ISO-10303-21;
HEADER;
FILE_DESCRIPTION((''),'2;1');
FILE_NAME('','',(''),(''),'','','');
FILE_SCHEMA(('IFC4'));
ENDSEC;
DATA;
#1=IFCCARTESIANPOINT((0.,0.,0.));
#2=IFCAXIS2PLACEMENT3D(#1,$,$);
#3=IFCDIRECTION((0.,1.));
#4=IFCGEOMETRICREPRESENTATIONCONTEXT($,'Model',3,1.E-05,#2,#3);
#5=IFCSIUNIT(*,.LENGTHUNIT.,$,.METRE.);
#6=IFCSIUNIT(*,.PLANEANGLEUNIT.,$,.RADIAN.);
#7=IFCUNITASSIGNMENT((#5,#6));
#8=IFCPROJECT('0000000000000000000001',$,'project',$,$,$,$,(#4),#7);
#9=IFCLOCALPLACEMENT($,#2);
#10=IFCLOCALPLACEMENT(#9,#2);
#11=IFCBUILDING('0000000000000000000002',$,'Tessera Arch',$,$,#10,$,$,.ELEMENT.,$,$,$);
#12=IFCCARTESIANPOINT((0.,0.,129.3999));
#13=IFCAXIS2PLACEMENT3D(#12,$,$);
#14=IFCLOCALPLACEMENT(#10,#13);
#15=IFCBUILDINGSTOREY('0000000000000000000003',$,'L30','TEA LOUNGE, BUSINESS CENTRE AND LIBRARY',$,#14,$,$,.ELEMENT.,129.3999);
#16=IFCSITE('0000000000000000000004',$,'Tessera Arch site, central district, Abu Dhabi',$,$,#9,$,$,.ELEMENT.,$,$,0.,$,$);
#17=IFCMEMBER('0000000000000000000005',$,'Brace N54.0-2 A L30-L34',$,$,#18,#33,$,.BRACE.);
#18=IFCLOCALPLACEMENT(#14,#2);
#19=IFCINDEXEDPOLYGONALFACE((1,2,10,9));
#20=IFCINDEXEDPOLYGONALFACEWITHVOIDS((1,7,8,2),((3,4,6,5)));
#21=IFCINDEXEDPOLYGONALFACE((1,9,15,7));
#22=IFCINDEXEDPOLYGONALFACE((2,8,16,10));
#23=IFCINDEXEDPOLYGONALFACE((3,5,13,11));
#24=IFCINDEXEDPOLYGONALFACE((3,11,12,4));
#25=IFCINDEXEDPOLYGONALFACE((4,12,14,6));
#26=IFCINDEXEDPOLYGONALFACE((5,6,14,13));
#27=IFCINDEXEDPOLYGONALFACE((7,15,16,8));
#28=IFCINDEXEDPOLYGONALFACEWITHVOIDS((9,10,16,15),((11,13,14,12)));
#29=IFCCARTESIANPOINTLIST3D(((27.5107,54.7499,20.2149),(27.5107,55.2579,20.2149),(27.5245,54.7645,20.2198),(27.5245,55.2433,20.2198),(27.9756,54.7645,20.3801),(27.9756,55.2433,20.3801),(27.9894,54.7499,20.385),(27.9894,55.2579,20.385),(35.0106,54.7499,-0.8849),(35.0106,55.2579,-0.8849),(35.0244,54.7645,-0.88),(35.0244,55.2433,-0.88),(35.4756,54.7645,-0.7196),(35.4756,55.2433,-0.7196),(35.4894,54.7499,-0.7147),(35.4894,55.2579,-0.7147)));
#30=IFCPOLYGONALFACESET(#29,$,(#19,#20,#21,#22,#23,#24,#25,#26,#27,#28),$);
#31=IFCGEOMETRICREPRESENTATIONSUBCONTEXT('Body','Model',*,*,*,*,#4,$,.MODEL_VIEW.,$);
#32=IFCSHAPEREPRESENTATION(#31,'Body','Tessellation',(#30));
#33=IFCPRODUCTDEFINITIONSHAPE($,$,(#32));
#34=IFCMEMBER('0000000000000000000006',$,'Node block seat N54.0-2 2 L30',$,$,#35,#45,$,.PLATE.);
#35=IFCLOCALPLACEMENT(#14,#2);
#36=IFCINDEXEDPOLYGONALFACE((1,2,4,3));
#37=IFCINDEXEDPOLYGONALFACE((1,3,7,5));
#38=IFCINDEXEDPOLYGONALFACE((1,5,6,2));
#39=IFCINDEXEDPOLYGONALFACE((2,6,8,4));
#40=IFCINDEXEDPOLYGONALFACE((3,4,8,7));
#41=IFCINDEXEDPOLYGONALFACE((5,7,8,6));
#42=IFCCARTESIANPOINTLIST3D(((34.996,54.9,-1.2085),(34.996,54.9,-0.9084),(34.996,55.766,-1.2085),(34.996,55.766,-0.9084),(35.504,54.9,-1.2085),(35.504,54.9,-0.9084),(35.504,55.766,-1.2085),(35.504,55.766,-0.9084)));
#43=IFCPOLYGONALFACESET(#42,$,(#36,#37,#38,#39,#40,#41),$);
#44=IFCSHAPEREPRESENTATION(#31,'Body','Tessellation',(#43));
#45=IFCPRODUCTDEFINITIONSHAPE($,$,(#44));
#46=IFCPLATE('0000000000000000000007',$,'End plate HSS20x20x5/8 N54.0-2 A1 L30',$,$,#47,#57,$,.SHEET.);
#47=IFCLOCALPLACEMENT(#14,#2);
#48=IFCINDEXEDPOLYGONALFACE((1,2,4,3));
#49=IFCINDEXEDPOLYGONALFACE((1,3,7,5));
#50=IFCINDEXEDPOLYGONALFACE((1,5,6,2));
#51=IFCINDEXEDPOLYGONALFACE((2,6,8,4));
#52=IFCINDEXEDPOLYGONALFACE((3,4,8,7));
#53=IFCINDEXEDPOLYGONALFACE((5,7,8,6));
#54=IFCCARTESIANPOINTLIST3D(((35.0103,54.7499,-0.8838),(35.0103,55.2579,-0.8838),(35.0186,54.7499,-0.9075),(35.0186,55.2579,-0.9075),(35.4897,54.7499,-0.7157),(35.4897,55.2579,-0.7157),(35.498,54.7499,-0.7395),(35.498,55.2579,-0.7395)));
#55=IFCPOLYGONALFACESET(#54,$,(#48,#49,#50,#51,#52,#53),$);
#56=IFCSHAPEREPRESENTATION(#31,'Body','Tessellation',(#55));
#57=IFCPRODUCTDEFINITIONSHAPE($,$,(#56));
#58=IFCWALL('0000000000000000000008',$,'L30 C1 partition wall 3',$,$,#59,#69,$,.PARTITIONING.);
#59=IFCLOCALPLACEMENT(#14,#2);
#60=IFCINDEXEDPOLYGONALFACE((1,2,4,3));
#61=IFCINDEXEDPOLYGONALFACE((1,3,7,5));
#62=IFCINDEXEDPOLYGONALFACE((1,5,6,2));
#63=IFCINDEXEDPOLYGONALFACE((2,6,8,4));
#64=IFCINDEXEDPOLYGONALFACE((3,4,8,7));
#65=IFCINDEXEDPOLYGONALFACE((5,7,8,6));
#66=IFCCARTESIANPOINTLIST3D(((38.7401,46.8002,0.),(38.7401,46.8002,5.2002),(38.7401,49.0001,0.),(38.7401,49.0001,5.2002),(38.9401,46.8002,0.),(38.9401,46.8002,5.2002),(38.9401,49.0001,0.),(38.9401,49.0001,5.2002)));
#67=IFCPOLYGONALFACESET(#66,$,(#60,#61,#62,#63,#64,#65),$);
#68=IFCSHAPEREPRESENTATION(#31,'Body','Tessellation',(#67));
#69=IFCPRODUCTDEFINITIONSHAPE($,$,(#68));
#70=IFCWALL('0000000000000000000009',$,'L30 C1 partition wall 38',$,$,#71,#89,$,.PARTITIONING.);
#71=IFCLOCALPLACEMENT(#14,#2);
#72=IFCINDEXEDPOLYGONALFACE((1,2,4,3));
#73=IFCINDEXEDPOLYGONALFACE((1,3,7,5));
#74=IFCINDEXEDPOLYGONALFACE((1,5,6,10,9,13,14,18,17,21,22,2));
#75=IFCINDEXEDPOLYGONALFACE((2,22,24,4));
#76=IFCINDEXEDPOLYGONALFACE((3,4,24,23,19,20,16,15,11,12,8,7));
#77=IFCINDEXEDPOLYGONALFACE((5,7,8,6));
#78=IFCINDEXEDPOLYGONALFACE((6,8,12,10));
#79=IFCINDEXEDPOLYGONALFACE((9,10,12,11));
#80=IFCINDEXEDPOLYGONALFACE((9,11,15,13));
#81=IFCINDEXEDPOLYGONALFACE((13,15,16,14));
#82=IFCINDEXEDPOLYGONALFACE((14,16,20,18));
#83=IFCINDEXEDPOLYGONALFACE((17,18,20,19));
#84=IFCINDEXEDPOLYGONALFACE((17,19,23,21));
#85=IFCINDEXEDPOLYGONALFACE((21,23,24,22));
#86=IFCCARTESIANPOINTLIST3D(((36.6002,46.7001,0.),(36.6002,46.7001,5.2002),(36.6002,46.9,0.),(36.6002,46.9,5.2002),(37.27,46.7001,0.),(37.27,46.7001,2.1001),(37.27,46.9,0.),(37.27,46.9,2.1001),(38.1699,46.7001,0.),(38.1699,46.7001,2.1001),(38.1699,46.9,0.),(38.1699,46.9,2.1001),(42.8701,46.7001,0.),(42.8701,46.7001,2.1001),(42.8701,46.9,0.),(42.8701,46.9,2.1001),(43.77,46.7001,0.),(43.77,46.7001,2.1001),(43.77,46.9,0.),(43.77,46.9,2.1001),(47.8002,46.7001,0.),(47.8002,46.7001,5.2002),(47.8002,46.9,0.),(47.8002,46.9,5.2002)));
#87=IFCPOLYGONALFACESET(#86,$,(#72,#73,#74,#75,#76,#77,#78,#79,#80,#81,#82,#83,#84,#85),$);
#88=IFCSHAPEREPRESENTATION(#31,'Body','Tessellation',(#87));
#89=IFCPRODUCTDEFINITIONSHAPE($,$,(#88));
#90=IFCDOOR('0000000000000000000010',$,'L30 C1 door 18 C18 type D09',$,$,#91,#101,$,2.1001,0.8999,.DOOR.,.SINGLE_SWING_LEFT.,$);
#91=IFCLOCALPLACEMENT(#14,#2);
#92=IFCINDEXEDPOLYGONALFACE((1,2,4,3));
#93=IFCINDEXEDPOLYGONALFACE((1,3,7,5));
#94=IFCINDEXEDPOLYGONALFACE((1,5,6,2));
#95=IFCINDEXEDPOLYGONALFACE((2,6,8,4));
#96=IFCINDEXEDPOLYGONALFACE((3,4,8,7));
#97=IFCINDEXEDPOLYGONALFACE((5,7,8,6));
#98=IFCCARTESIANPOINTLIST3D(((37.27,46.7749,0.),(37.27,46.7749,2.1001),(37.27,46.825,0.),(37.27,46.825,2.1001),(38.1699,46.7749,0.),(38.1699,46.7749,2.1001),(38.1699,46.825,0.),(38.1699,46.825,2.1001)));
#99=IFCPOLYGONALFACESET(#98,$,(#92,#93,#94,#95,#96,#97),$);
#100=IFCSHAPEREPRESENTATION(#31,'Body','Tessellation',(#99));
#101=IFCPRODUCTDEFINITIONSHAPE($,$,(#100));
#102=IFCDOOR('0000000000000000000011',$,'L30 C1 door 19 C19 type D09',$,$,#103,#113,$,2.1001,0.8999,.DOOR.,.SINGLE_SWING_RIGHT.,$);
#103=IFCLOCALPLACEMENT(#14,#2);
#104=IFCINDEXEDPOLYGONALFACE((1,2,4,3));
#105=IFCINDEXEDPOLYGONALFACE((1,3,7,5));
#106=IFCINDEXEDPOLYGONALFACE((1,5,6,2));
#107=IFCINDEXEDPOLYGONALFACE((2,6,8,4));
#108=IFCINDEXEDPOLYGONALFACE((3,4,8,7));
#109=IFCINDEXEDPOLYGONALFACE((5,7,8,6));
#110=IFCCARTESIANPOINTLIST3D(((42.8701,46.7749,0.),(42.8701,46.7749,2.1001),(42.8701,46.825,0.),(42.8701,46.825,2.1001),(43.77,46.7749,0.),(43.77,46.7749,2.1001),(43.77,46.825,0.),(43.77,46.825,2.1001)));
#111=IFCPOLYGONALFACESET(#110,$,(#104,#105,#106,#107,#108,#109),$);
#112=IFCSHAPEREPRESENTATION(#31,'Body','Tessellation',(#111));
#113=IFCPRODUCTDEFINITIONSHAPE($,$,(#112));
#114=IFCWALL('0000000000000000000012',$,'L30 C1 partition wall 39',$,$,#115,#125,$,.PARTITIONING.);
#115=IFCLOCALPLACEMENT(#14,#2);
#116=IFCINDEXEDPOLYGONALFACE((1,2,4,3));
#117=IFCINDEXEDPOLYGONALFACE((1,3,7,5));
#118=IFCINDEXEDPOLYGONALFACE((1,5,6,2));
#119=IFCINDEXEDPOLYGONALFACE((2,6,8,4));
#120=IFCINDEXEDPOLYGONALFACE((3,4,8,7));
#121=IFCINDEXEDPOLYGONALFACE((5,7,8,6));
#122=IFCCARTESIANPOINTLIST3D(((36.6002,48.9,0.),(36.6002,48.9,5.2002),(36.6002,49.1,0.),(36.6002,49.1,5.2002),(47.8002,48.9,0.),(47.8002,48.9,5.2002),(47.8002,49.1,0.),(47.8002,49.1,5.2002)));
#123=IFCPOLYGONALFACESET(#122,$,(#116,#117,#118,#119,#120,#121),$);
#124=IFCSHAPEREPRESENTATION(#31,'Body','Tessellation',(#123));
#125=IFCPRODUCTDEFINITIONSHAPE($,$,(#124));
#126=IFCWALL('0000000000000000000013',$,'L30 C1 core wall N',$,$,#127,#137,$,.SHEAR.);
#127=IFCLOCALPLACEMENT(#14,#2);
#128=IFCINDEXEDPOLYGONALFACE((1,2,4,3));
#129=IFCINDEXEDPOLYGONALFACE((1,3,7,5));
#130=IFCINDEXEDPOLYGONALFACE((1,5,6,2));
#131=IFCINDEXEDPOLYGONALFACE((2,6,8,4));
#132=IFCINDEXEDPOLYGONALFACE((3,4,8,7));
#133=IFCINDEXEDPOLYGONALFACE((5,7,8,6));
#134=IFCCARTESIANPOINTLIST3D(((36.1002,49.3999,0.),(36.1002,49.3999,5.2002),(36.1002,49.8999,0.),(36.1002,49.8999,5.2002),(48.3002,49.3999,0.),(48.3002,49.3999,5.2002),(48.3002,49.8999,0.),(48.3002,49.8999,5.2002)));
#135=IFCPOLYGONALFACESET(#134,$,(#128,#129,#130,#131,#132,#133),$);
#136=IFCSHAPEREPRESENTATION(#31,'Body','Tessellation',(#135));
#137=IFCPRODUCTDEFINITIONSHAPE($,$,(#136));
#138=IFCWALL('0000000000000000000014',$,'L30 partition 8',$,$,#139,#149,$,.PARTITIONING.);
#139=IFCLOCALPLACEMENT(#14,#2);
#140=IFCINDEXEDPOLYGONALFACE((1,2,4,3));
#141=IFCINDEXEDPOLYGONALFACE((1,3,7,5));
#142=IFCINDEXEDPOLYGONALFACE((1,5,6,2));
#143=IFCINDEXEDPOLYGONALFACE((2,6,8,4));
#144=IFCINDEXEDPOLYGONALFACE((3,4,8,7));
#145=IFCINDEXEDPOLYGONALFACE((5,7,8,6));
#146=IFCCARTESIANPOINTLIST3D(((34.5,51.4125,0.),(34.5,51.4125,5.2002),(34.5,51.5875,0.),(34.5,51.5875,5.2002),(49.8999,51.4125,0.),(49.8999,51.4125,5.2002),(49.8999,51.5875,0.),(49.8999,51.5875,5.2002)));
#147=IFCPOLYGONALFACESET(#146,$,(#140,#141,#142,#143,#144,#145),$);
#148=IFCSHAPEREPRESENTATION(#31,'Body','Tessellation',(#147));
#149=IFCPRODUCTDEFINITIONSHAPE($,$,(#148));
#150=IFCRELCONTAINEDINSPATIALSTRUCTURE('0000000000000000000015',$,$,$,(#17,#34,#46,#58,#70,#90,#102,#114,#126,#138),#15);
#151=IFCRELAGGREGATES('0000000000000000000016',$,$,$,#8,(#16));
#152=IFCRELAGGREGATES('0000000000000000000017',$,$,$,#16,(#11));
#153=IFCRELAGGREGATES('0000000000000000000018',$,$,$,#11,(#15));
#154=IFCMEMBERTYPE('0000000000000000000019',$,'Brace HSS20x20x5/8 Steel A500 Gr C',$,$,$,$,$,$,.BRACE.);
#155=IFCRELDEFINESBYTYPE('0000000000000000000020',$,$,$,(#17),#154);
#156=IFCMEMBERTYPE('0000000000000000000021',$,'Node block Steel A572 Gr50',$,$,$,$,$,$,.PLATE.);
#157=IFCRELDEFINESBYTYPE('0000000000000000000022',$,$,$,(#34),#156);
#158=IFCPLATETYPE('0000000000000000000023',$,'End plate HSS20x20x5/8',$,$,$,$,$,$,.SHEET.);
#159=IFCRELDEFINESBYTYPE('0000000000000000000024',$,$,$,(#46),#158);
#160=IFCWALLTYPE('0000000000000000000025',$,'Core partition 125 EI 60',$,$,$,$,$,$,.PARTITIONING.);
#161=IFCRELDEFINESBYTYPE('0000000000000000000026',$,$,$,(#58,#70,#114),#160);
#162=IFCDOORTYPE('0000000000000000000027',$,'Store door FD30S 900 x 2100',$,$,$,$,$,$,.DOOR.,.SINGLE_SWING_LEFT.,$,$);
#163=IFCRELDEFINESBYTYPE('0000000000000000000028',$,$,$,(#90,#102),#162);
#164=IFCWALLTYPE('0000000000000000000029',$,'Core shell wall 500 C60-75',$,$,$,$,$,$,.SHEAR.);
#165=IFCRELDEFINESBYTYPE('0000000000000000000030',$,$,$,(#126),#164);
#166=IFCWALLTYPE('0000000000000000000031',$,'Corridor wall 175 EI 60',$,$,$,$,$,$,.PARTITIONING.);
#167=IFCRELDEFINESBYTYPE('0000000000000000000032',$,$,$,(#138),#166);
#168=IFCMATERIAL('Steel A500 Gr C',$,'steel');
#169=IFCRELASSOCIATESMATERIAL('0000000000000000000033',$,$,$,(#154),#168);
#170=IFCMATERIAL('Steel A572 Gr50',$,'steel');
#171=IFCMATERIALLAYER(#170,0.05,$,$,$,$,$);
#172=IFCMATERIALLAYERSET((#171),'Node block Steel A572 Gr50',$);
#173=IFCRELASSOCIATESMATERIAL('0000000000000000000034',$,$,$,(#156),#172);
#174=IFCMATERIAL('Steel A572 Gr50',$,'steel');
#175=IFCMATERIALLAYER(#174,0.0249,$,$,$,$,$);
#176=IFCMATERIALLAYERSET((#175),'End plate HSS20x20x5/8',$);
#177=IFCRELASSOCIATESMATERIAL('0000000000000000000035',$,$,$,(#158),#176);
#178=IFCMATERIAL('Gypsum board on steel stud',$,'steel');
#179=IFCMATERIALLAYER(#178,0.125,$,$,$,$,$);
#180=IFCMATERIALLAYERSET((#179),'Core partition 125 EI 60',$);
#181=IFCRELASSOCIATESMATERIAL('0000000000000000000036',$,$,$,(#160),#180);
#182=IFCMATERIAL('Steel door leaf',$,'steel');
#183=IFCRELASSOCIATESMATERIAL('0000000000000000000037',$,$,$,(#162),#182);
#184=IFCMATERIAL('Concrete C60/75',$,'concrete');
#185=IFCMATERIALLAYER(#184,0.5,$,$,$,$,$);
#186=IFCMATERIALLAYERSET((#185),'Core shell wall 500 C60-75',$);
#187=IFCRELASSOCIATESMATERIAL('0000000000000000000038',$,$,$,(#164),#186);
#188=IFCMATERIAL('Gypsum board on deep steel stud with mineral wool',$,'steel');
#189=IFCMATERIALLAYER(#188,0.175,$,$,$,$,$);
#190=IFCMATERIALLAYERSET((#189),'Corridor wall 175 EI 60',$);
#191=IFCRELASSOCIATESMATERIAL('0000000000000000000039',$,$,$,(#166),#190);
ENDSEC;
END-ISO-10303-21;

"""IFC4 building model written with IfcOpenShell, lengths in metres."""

from ifc_helpers import new_model, si_unit, direction, frame, frame_2d, origin, origin_2d, place, context, subcontext, project, spatial, rectangle, hollow_rectangle, extrude, material, layer, layer_set, material_profile, profile_set, type_object, element, fill, save


model = new_model("IFC4")

# Units and contexts
model_context = context("Model", 3, precision=1e-05, world=origin(), true_north=direction((0.0, 1.0)))
body_context = subcontext(model_context, "Body", "Model", "MODEL_VIEW")
ifc_project = project(units=[si_unit("LENGTHUNIT", "METRE"), si_unit("PLANEANGLEUNIT", "RADIAN")], contexts=[model_context])

# Site, building, storey
site_placement = place(None, origin())
site = spatial("IfcSite", under=ifc_project, at=site_placement, Name="Tessera Arch site, central district, Abu Dhabi", CompositionType="ELEMENT", RefElevation=0.0)
building_placement = place(site_placement, origin())
building = spatial("IfcBuilding", under=site, at=building_placement, Name="Tessera Arch", CompositionType="ELEMENT")
storey_placement = place(building_placement, frame((0.0, 0.0, 129.3999)))
storey = spatial("IfcBuildingStorey", under=building, at=storey_placement, Name="L30", Description="TEA LOUNGE, BUSINESS CENTRE AND LIBRARY", CompositionType="ELEMENT", Elevation=129.3999)

# Members
ifc_material_1 = material(Name="Steel A500 Gr C", Category="steel")
ifc_material_profile = material_profile(ifc_material_1, hollow_rectangle(XDim=0.5081, YDim=0.5081, WallThickness=0.0146, at=origin_2d()), Name="HSS20x20x5/8")
ifc_profile_set = profile_set([ifc_material_profile], Name="Steel A500 Gr C")
member_type_1 = type_object("IfcMemberType", Name="Brace HSS20x20x5/8 Steel A500 Gr C", PredefinedType="BRACE", material=ifc_profile_set)
member_1_placement = place(storey_placement, frame((35.25, 55.0039, -0.7998), z_axis=(-0.334924, 0.0, 0.942245), x_axis=(0.0, -1.0, 0.0)))
element("IfcMember", 1, at=member_1_placement, inside=storey, type_object=member_type_1, Name="Brace N54.0-2 A L30-L34", PredefinedType="BRACE", context=body_context, shape_type="SweptSolid", body=[
    extrude(hollow_rectangle(XDim=0.5081, YDim=0.5081, WallThickness=0.0146, at=origin_2d()), origin(), (0.0, 0.0, 1.0), 22.3931),
])
ifc_material_2 = material(Name="Steel A572 Gr50", Category="steel")
ifc_layer_1 = layer(ifc_material_2, 0.05)
ifc_layer_set_1 = layer_set([ifc_layer_1], Name="Node block Steel A572 Gr50")
member_type_2 = type_object("IfcMemberType", Name="Node block Steel A572 Gr50", PredefinedType="PLATE", material=ifc_layer_set_1)
member_2_placement = place(storey_placement, frame((35.25, 55.333, -1.2085), z_axis=(0.0, 0.0, 1.0), x_axis=(-1.0, 0.0, 0.0)))
element("IfcMember", 2, at=member_2_placement, inside=storey, type_object=member_type_2, Name="Node block seat N54.0-2 2 L30", PredefinedType="PLATE", context=body_context, shape_type="SweptSolid", body=[
    extrude(rectangle(XDim=0.5081, YDim=0.866, at=origin_2d()), origin(), (0.0, 0.0, 1.0), 0.3),
])

# Plate
ifc_material_3 = material(Name="Steel A572 Gr50", Category="steel")
ifc_layer_2 = layer(ifc_material_3, 0.0249)
ifc_layer_set_2 = layer_set([ifc_layer_2], Name="End plate HSS20x20x5/8")
plate_type = type_object("IfcPlateType", Name="End plate HSS20x20x5/8", PredefinedType="SHEET", material=ifc_layer_set_2)
plate_placement = place(storey_placement, frame((35.2583, 55.0039, -0.8235), z_axis=(-0.330784, 0.0, 0.943707), x_axis=(0.0, -1.0, 0.0)))
element("IfcPlate", 3, at=plate_placement, inside=storey, type_object=plate_type, Name="End plate HSS20x20x5/8 N54.0-2 A1 L30", PredefinedType="SHEET", context=body_context, shape_type="SweptSolid", body=[
    extrude(rectangle(XDim=0.5081, YDim=0.5081, at=origin_2d()), origin(), (0.0, 0.0, 1.0), 0.0251),
])

# Wall
ifc_material_4 = material(Name="Gypsum board on steel stud", Category="steel")
ifc_layer_3 = layer(ifc_material_4, 0.125)
ifc_layer_set_3 = layer_set([ifc_layer_3], Name="Core partition 125 EI 60")
wall_type_1 = type_object("IfcWallType", Name="Core partition 125 EI 60", PredefinedType="PARTITIONING", material=ifc_layer_set_3)
wall_1_placement = place(storey_placement, frame((38.8401, 46.8, 0.0), z_axis=(0.0, 0.0, 1.0), x_axis=(0.0, 1.0, 0.0)))
element("IfcWall", 4, at=wall_1_placement, inside=storey, type_object=wall_type_1, Name="L30 C1 partition wall 3", PredefinedType="PARTITIONING", context=body_context, shape_type="SweptSolid", body=[
    extrude(rectangle(XDim=2.2, YDim=0.2, at=frame_2d((1.1001, 0.0))), origin(), (0.0, 0.0, 1.0), 5.2002),
])

# Wall, openings, doors
wall_2_placement = place(storey_placement, frame((36.6001, 46.8, 0.0), z_axis=(0.0, 0.0, 1.0), x_axis=(1.0, 0.0, 0.0)))
wall_2 = element("IfcWall", 5, at=wall_2_placement, inside=storey, type_object=wall_type_1, Name="L30 C1 partition wall 38", PredefinedType="PARTITIONING", context=body_context, shape_type="SweptSolid", body=[
    extrude(rectangle(XDim=11.2, YDim=0.2, at=frame_2d((5.6001, 0.0))), origin(), (0.0, 0.0, 1.0), 5.2002),
])
opening_1_placement = place(wall_2_placement, frame((0.6699, 0.0, 0.0)))
opening_1 = element("IfcOpeningElement", 6, at=opening_1_placement, cuts=wall_2, PredefinedType="OPENING", context=body_context, shape_type="SweptSolid", body=[
    extrude(rectangle(XDim=0.8999, YDim=2.1001, at=frame_2d((0.45, 1.05))), frame((0.0, 0.1099, 0.0), z_axis=(0.0, -1.0, 0.0), x_axis=(1.0, 0.0, 0.0)), (0.0, 0.0, 1.0), 0.22),
])
opening_2_placement = place(wall_2_placement, frame((6.27, 0.0, 0.0)))
opening_2 = element("IfcOpeningElement", 7, at=opening_2_placement, cuts=wall_2, PredefinedType="OPENING", context=body_context, shape_type="SweptSolid", body=[
    extrude(rectangle(XDim=0.8999, YDim=2.1001, at=frame_2d((0.45, 1.05))), frame((0.0, 0.1099, 0.0), z_axis=(0.0, -1.0, 0.0), x_axis=(1.0, 0.0, 0.0)), (0.0, 0.0, 1.0), 0.22),
])
ifc_material_5 = material(Name="Steel door leaf", Category="steel")
door_type_1 = type_object("IfcDoorType", Name="Store door FD30S 900 x 2100", OperationType="SINGLE_SWING_LEFT", PredefinedType="DOOR", material=ifc_material_5)
door_1_placement = place(opening_1_placement, origin())
door_1 = element("IfcDoor", 8, at=door_1_placement, inside=storey, type_object=door_type_1, Name="L30 C1 door 18 C18 type D09", OperationType="SINGLE_SWING_LEFT", OverallHeight=2.1001, OverallWidth=0.8999, PredefinedType="DOOR", context=body_context, shape_type="SweptSolid", body=[
    extrude(rectangle(XDim=0.8999, YDim=2.1001, at=frame_2d((0.45, 1.05))), frame((0.0, 0.0249, 0.0), z_axis=(0.0, -1.0, 0.0), x_axis=(1.0, 0.0, 0.0)), (0.0, 0.0, 1.0), 0.05),
])
fill(opening_1, door_1)
door_2_placement = place(opening_2_placement, origin())
door_2 = element("IfcDoor", 9, at=door_2_placement, inside=storey, type_object=door_type_1, Name="L30 C1 door 19 C19 type D09", OperationType="SINGLE_SWING_RIGHT", OverallHeight=2.1001, OverallWidth=0.8999, PredefinedType="DOOR", context=body_context, shape_type="SweptSolid", body=[
    extrude(rectangle(XDim=0.8999, YDim=2.1001, at=frame_2d((0.45, 1.05))), frame((0.0, 0.0249, 0.0), z_axis=(0.0, -1.0, 0.0), x_axis=(1.0, 0.0, 0.0)), (0.0, 0.0, 1.0), 0.05),
])
fill(opening_2, door_2)

# Walls
wall_3_placement = place(storey_placement, frame((36.6001, 49.0, 0.0), z_axis=(0.0, 0.0, 1.0), x_axis=(1.0, 0.0, 0.0)))
element("IfcWall", 10, at=wall_3_placement, inside=storey, type_object=wall_type_1, Name="L30 C1 partition wall 39", PredefinedType="PARTITIONING", context=body_context, shape_type="SweptSolid", body=[
    extrude(rectangle(XDim=11.2, YDim=0.2, at=frame_2d((5.6001, 0.0))), origin(), (0.0, 0.0, 1.0), 5.2002),
])
ifc_material_6 = material(Name="Concrete C60/75", Category="concrete")
ifc_layer_4 = layer(ifc_material_6, 0.5)
ifc_layer_set_4 = layer_set([ifc_layer_4], Name="Core shell wall 500 C60-75")
wall_type_2 = type_object("IfcWallType", Name="Core shell wall 500 C60-75", PredefinedType="SHEAR", material=ifc_layer_set_4)
wall_4_placement = place(storey_placement, frame((36.1001, 49.6499, 0.0), z_axis=(0.0, 0.0, 1.0), x_axis=(1.0, 0.0, 0.0)))
element("IfcWall", 11, at=wall_4_placement, inside=storey, type_object=wall_type_2, Name="L30 C1 core wall N", PredefinedType="SHEAR", context=body_context, shape_type="SweptSolid", body=[
    extrude(rectangle(XDim=12.2, YDim=0.5, at=frame_2d((6.1001, 0.0))), origin(), (0.0, 0.0, 1.0), 5.2002),
])
ifc_material_7 = material(Name="Gypsum board on deep steel stud with mineral wool", Category="steel")
ifc_layer_5 = layer(ifc_material_7, 0.175)
ifc_layer_set_5 = layer_set([ifc_layer_5], Name="Corridor wall 175 EI 60")
wall_type_3 = type_object("IfcWallType", Name="Corridor wall 175 EI 60", PredefinedType="PARTITIONING", material=ifc_layer_set_5)
wall_5_placement = place(storey_placement, frame((34.5, 51.5, 0.0), z_axis=(0.0, 0.0, 1.0), x_axis=(1.0, 0.0, 0.0)))
element("IfcWall", 12, at=wall_5_placement, inside=storey, type_object=wall_type_3, Name="L30 partition 8", PredefinedType="PARTITIONING", context=body_context, shape_type="SweptSolid", body=[
    extrude(rectangle(XDim=15.3999, YDim=0.175, at=frame_2d((7.7, 0.0))), origin(), (0.0, 0.0, 1.0), 5.2002),
])

save(model, "model.ifc")
